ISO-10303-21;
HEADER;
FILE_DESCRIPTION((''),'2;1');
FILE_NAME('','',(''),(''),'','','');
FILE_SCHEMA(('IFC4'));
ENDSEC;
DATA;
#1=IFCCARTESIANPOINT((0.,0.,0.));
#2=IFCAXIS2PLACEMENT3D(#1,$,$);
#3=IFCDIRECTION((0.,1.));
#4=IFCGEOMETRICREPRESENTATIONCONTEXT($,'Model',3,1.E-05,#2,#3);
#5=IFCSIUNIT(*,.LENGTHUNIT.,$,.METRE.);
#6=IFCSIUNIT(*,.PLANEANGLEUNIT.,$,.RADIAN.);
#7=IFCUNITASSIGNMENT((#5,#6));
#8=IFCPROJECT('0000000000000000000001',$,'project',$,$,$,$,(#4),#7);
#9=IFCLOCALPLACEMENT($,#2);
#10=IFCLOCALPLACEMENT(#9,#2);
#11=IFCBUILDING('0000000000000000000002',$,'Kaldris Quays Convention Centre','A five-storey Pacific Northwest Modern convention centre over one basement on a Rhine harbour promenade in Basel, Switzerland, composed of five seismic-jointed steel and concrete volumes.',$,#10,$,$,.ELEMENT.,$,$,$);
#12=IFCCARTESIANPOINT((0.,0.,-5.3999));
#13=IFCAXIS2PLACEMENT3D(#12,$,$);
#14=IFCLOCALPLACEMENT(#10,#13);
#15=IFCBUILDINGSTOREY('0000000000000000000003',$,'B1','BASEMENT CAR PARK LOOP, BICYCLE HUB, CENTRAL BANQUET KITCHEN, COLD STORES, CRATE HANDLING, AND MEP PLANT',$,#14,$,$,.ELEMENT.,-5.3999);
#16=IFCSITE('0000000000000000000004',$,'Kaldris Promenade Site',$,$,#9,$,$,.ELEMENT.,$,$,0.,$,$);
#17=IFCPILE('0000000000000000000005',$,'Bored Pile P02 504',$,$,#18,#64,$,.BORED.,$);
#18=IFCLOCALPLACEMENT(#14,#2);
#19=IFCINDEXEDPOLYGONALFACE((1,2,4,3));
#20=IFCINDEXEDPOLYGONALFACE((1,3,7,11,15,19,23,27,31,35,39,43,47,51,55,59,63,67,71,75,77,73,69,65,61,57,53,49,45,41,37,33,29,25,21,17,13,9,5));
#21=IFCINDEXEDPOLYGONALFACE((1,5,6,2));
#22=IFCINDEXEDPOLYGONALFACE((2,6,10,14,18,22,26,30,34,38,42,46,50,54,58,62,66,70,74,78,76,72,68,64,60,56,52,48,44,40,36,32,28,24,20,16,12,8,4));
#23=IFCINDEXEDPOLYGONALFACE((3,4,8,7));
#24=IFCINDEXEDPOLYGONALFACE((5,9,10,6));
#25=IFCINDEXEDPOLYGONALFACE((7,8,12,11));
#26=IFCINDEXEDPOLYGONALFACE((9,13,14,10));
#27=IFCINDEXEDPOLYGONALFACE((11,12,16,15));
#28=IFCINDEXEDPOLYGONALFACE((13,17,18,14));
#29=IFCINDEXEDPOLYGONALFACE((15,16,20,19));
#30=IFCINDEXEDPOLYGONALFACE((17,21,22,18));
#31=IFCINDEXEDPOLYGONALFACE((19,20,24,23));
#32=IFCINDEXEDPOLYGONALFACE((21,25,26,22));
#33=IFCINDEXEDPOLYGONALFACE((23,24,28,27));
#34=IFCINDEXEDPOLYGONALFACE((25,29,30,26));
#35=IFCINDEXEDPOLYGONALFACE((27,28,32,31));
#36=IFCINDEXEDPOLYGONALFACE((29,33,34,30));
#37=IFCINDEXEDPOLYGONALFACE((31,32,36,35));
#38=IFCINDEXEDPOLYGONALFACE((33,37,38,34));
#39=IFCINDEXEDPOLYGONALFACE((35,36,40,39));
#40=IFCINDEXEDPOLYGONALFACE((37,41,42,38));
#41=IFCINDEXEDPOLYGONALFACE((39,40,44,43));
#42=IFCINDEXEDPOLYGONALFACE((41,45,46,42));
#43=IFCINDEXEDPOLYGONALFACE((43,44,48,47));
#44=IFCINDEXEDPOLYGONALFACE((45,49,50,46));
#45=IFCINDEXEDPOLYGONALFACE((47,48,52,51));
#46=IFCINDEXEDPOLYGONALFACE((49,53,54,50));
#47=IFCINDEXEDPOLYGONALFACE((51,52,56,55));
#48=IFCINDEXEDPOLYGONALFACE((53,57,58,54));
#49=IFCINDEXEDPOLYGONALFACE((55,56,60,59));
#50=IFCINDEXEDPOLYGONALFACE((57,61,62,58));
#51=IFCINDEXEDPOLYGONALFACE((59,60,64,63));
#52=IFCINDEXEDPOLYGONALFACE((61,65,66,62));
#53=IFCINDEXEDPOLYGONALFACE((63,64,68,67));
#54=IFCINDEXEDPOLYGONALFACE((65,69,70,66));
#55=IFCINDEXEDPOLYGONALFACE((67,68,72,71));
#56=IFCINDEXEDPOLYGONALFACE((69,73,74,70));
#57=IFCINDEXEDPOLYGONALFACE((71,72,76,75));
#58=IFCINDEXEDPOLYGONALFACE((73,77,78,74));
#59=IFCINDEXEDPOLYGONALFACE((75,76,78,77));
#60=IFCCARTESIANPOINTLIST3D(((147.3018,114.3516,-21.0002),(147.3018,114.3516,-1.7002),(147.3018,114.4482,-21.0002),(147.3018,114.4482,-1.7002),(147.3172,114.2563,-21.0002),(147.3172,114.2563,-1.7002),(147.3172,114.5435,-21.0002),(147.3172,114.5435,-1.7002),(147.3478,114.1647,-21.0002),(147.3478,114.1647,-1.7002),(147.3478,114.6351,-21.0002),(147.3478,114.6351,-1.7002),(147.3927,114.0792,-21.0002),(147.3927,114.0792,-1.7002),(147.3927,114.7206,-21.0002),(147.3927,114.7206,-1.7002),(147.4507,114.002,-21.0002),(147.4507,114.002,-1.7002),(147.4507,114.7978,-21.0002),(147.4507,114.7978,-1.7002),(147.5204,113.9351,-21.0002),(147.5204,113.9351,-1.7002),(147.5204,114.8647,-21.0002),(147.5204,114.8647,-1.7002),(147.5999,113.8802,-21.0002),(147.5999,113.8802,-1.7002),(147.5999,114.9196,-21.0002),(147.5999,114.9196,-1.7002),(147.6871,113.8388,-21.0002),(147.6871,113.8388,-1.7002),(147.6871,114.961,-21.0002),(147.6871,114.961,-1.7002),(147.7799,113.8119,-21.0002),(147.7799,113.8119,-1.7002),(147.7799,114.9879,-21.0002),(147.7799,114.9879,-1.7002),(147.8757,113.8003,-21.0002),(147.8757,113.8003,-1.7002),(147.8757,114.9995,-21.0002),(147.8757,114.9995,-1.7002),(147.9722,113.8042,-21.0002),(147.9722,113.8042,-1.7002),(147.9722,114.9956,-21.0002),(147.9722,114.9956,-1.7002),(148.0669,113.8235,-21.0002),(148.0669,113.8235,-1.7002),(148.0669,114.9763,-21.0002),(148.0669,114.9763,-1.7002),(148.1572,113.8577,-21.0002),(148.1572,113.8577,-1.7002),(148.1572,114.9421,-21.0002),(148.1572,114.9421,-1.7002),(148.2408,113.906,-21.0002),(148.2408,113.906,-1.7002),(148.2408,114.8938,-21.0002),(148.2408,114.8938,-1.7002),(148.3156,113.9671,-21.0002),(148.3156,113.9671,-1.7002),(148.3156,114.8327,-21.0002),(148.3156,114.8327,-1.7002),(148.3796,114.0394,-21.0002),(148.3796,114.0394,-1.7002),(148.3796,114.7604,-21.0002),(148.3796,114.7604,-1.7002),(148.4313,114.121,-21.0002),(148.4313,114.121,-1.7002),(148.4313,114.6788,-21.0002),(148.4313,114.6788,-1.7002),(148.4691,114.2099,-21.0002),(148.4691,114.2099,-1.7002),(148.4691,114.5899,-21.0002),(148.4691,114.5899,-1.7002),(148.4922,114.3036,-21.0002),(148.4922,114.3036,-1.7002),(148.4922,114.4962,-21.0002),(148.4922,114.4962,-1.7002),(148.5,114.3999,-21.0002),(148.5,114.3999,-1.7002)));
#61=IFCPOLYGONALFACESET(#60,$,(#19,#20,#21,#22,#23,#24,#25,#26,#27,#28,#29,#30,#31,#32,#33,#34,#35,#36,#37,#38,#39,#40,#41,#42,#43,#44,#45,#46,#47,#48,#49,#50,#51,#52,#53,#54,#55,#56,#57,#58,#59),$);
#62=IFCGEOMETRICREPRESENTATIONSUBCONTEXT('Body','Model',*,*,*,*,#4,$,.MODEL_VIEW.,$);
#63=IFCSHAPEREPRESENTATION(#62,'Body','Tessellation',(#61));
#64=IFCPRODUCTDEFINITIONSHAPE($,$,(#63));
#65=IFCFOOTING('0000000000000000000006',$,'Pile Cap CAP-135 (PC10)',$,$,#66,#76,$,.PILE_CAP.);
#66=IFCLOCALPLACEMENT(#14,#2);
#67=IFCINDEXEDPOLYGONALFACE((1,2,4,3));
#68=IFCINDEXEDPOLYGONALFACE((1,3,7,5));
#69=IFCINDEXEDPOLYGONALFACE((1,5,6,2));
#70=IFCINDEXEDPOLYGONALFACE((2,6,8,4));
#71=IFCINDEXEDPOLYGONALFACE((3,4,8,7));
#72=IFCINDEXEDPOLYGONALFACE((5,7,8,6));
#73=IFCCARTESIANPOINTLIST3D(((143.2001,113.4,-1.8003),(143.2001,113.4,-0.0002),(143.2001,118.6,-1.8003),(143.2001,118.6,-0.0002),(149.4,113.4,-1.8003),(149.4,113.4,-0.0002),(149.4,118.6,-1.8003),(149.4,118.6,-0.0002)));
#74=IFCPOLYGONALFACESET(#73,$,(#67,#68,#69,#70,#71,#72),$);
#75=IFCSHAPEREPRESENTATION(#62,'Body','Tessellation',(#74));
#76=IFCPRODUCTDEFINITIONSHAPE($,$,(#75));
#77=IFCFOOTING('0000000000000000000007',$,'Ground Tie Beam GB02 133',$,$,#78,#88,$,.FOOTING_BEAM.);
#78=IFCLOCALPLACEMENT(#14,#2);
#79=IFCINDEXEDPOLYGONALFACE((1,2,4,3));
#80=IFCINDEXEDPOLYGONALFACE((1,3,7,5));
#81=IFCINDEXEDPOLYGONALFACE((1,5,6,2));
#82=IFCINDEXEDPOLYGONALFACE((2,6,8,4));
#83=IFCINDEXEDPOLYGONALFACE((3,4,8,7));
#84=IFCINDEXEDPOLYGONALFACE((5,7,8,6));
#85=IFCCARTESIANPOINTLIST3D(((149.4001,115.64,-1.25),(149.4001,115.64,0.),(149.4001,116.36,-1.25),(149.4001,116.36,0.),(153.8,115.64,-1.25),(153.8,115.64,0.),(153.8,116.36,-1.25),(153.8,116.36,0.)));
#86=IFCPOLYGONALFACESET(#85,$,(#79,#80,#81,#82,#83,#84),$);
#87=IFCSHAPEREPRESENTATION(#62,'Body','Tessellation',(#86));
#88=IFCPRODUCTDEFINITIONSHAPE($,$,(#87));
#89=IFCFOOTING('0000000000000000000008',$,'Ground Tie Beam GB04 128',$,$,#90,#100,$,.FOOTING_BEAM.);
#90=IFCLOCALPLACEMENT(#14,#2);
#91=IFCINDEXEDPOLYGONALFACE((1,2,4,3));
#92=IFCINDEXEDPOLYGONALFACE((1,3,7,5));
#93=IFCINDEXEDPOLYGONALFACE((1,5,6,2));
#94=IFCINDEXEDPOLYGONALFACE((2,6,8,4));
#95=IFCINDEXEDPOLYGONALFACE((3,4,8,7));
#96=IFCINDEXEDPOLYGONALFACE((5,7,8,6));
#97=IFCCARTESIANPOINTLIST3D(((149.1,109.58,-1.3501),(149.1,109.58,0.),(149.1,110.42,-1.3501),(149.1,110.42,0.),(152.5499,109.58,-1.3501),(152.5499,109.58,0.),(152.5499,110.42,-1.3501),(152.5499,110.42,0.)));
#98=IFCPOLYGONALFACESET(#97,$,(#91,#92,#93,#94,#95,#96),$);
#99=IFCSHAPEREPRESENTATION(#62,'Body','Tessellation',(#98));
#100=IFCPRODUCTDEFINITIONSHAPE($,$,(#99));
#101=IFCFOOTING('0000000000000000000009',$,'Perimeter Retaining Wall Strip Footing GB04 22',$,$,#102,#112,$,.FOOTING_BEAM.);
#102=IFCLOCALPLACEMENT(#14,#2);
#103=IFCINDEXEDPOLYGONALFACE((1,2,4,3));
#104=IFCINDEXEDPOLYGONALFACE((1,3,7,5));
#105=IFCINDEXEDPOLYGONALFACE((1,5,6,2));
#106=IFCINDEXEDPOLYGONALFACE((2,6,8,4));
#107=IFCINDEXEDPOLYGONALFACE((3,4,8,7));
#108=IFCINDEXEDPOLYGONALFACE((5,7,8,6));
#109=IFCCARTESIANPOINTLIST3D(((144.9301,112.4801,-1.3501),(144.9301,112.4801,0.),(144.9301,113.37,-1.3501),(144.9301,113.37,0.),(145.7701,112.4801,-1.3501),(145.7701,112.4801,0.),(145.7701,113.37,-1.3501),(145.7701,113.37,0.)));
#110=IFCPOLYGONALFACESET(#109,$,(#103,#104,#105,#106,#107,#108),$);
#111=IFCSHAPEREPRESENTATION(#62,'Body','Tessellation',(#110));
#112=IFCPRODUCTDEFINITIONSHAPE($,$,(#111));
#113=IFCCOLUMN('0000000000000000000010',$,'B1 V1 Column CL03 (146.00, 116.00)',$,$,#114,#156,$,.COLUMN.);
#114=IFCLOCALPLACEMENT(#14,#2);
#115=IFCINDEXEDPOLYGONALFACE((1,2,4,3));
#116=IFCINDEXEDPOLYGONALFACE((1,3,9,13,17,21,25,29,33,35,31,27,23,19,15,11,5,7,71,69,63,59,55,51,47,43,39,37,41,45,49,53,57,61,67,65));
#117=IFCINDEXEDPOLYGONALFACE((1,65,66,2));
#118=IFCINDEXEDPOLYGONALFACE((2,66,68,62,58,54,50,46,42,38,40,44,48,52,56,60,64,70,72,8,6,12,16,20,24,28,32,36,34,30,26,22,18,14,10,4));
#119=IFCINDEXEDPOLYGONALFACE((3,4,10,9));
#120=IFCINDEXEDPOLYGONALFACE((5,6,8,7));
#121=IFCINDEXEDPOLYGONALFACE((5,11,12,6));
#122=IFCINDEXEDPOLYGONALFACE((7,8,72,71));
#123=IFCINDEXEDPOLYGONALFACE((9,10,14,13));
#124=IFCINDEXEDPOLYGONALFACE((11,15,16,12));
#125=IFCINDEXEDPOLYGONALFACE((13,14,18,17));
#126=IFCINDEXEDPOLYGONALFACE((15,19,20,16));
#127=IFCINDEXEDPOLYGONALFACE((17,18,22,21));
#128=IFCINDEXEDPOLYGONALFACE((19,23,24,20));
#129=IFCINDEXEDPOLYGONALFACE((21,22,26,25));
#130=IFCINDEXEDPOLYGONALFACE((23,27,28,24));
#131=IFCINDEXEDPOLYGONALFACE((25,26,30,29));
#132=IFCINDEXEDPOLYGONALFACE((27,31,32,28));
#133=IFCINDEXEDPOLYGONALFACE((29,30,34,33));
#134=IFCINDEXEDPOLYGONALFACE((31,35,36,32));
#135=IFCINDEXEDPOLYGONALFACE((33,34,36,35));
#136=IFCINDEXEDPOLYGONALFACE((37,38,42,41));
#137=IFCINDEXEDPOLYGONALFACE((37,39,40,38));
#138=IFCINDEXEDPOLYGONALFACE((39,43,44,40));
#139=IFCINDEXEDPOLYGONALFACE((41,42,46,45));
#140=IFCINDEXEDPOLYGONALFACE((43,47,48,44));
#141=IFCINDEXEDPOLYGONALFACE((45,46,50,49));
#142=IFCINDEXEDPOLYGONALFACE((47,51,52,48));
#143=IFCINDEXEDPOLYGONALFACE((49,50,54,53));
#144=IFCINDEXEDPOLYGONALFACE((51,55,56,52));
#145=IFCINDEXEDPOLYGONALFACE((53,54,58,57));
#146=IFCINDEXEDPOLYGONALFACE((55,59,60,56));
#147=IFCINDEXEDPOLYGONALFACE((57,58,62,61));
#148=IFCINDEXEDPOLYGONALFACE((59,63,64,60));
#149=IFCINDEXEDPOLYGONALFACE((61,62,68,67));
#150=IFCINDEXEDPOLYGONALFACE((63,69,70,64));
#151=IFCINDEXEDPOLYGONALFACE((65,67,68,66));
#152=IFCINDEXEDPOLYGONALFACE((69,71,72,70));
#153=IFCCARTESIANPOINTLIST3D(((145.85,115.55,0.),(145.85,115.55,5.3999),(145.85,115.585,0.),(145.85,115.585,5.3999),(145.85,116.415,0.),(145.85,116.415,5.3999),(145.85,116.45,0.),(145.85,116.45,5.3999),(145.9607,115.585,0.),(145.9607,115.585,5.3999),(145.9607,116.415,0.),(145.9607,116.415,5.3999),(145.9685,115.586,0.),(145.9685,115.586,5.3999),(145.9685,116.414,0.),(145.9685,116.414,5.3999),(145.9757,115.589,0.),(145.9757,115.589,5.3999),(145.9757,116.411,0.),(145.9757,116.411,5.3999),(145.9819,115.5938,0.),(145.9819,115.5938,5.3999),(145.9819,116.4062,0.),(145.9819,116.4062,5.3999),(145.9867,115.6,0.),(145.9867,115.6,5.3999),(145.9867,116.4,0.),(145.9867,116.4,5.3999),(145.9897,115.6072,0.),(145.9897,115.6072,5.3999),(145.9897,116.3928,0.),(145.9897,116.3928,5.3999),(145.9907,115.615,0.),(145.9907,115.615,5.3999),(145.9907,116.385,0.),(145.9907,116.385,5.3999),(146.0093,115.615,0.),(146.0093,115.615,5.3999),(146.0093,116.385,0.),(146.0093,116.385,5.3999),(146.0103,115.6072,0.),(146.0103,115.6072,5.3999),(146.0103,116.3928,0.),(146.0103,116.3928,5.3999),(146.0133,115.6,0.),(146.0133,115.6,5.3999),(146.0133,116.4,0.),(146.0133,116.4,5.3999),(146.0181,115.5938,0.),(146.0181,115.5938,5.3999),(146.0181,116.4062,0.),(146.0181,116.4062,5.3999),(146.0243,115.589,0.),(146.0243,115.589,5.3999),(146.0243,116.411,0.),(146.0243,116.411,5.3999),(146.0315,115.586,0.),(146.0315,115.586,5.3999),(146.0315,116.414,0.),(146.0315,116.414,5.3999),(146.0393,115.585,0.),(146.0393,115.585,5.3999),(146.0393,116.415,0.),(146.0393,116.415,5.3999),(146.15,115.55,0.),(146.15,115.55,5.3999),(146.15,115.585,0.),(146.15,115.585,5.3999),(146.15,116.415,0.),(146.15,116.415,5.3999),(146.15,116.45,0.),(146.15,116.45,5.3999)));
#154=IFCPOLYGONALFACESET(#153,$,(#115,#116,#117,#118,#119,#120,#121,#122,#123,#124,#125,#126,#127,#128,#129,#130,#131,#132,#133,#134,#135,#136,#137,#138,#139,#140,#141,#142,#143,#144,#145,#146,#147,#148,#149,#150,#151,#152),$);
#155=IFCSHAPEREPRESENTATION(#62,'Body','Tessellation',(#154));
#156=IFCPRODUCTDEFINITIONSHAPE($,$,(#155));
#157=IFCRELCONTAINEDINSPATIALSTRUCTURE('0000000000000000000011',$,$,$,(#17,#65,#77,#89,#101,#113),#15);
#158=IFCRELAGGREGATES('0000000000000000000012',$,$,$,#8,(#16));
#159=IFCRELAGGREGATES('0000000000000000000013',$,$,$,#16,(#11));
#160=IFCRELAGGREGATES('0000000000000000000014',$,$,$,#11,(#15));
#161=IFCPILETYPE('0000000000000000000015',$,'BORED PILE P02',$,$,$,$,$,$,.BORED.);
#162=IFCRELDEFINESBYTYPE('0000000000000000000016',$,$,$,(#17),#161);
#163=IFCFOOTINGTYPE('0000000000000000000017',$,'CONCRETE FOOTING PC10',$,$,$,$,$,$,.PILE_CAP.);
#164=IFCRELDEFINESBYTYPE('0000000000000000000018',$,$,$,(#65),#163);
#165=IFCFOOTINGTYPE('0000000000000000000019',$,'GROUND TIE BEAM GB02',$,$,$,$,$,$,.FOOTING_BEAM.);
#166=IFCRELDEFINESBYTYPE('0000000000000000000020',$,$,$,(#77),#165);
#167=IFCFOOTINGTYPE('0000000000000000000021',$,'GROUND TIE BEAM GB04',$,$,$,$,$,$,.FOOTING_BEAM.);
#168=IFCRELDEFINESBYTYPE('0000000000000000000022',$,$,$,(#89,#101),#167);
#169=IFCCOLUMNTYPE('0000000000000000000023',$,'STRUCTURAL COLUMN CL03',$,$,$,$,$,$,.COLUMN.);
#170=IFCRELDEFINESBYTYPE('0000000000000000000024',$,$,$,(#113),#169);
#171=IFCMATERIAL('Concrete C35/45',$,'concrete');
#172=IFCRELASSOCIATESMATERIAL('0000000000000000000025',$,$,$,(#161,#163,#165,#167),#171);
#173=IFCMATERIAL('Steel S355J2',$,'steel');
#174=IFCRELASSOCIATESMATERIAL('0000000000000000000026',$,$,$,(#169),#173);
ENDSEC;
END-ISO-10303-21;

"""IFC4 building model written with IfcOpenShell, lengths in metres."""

from ifc_helpers import new_model, si_unit, direction, frame, origin, origin_2d, place, context, subcontext, project, spatial, rectangle, circle, i_section, extrude, material, material_profile, profile_set, type_object, element, save


model = new_model("IFC4")

# Units and contexts
model_context = context("Model", 3, precision=1e-05, world=origin(), true_north=direction((0.0, 1.0)))
body_context = subcontext(model_context, "Body", "Model", "MODEL_VIEW")
ifc_project = project(units=[si_unit("LENGTHUNIT", "METRE"), si_unit("PLANEANGLEUNIT", "RADIAN")], contexts=[model_context])

# Site, building, storey
site_placement = place(None, origin())
site = spatial("IfcSite", under=ifc_project, at=site_placement, Name="Kaldris Promenade Site", CompositionType="ELEMENT", RefElevation=0.0)
building_placement = place(site_placement, origin())
building = spatial("IfcBuilding", under=site, at=building_placement, Name="Kaldris Quays Convention Centre", Description="A five-storey Pacific Northwest Modern convention centre over one basement on a Rhine harbour promenade in Basel, Switzerland, composed of five seismic-jointed steel and concrete volumes.", CompositionType="ELEMENT")
storey_placement = place(building_placement, frame((0.0, 0.0, -5.3999)))
storey = spatial("IfcBuildingStorey", under=building, at=storey_placement, Name="B1", Description="BASEMENT CAR PARK LOOP, BICYCLE HUB, CENTRAL BANQUET KITCHEN, COLD STORES, CRATE HANDLING, AND MEP PLANT", CompositionType="ELEMENT", Elevation=-5.3999)

# Pile
ifc_material_1 = material(Name="Concrete C35/45", Category="concrete")
ifc_material_profile_1 = material_profile(ifc_material_1, circle(Radius=0.6001, at=origin_2d()), Name="BORED PILE D1200")
ifc_profile_set_1 = profile_set([ifc_material_profile_1], Name="Concrete C35/45")
pile_type_1 = type_object("IfcPileType", Name="BORED PILE P02", PredefinedType="BORED", material=ifc_profile_set_1)
for number, where, z_axis, x_axis, name in (
    (1, (147.8999, 114.3999, -1.7002), (0.0, 0.0, -1.0), (1.0, 0.0, 0.0), "Bored Pile P02 504"),
):
    element("IfcPile", number, at=place(storey_placement, frame(where, z_axis=z_axis, x_axis=x_axis)), inside=storey, type_object=pile_type_1, Name=name, PredefinedType="BORED", context=body_context, shape_type="SweptSolid", body=[
        extrude(circle(Radius=0.6001, at=origin_2d()), origin(), (0.0, 0.0, 1.0), 19.3),
    ])

# Footings
footing_type_1 = type_object("IfcFootingType", Name="CONCRETE FOOTING PC10", PredefinedType="PILE_CAP", material=ifc_material_1)
footing_1_placement = place(storey_placement, frame((146.3, 116.0, -1.8003), z_axis=(0.0, 0.0, 1.0), x_axis=(1.0, 0.0, 0.0)))
element("IfcFooting", 2, at=footing_1_placement, inside=storey, type_object=footing_type_1, Name="Pile Cap CAP-135 (PC10)", PredefinedType="PILE_CAP", context=body_context, shape_type="SweptSolid", body=[
    extrude(rectangle(XDim=6.2, YDim=5.2, at=origin_2d()), origin(), (0.0, 0.0, 1.0), 1.8),
])
footing_type_2 = type_object("IfcFootingType", Name="GROUND TIE BEAM GB02", PredefinedType="FOOTING_BEAM", material=ifc_material_1)
footing_2_placement = place(storey_placement, frame((151.6001, 116.0, -1.25), z_axis=(0.0, 0.0, 1.0), x_axis=(1.0, 0.0, 0.0)))
element("IfcFooting", 3, at=footing_2_placement, inside=storey, type_object=footing_type_2, Name="Ground Tie Beam GB02 133", PredefinedType="FOOTING_BEAM", context=body_context, shape_type="SweptSolid", body=[
    extrude(rectangle(XDim=4.3999, YDim=0.72, at=origin_2d()), origin(), (0.0, 0.0, 1.0), 1.25),
])
footing_type_3 = type_object("IfcFootingType", Name="GROUND TIE BEAM GB04", PredefinedType="FOOTING_BEAM", material=ifc_material_1)
footing_3_placement = place(storey_placement, frame((150.825, 110.0, -1.3501), z_axis=(0.0, 0.0, 1.0), x_axis=(1.0, 0.0, 0.0)))
element("IfcFooting", 4, at=footing_3_placement, inside=storey, type_object=footing_type_3, Name="Ground Tie Beam GB04 128", PredefinedType="FOOTING_BEAM", context=body_context, shape_type="SweptSolid", body=[
    extrude(rectangle(XDim=3.45, YDim=0.8401, at=origin_2d()), origin(), (0.0, 0.0, 1.0), 1.3501),
])
footing_4_placement = place(storey_placement, frame((145.3501, 112.925, -1.3501), z_axis=(0.0, 0.0, 1.0), x_axis=(1.0, 0.0, 0.0)))
element("IfcFooting", 5, at=footing_4_placement, inside=storey, type_object=footing_type_3, Name="Perimeter Retaining Wall Strip Footing GB04 22", PredefinedType="FOOTING_BEAM", context=body_context, shape_type="SweptSolid", body=[
    extrude(rectangle(XDim=0.8401, YDim=0.8899, at=origin_2d()), origin(), (0.0, 0.0, 1.0), 1.3501),
])

# Column
ifc_material_2 = material(Name="Steel S355J2", Category="steel")
ifc_material_profile_2 = material_profile(ifc_material_2, i_section(OverallWidth=0.3, OverallDepth=0.8999, WebThickness=0.0186, FlangeThickness=0.0349, FilletRadius=0.03, at=origin_2d()), Name="HEB 900")
ifc_profile_set_2 = profile_set([ifc_material_profile_2], Name="Steel S355J2")
column_type_1 = type_object("IfcColumnType", Name="STRUCTURAL COLUMN CL03", PredefinedType="COLUMN", material=ifc_profile_set_2)
column_placement = place(storey_placement, frame((146.0, 116.0, 0.0), z_axis=(0.0, 0.0, 1.0), x_axis=(1.0, 0.0, 0.0)))
element("IfcColumn", 6, at=column_placement, inside=storey, type_object=column_type_1, Name="B1 V1 Column CL03 (146.00, 116.00)", PredefinedType="COLUMN", context=body_context, shape_type="SweptSolid", body=[
    extrude(i_section(OverallWidth=0.3, OverallDepth=0.8999, WebThickness=0.0186, FlangeThickness=0.0349, FilletRadius=0.03, at=origin_2d()), origin(), (0.0, 0.0, 1.0), 5.3999),
])

save(model, "model.ifc")
